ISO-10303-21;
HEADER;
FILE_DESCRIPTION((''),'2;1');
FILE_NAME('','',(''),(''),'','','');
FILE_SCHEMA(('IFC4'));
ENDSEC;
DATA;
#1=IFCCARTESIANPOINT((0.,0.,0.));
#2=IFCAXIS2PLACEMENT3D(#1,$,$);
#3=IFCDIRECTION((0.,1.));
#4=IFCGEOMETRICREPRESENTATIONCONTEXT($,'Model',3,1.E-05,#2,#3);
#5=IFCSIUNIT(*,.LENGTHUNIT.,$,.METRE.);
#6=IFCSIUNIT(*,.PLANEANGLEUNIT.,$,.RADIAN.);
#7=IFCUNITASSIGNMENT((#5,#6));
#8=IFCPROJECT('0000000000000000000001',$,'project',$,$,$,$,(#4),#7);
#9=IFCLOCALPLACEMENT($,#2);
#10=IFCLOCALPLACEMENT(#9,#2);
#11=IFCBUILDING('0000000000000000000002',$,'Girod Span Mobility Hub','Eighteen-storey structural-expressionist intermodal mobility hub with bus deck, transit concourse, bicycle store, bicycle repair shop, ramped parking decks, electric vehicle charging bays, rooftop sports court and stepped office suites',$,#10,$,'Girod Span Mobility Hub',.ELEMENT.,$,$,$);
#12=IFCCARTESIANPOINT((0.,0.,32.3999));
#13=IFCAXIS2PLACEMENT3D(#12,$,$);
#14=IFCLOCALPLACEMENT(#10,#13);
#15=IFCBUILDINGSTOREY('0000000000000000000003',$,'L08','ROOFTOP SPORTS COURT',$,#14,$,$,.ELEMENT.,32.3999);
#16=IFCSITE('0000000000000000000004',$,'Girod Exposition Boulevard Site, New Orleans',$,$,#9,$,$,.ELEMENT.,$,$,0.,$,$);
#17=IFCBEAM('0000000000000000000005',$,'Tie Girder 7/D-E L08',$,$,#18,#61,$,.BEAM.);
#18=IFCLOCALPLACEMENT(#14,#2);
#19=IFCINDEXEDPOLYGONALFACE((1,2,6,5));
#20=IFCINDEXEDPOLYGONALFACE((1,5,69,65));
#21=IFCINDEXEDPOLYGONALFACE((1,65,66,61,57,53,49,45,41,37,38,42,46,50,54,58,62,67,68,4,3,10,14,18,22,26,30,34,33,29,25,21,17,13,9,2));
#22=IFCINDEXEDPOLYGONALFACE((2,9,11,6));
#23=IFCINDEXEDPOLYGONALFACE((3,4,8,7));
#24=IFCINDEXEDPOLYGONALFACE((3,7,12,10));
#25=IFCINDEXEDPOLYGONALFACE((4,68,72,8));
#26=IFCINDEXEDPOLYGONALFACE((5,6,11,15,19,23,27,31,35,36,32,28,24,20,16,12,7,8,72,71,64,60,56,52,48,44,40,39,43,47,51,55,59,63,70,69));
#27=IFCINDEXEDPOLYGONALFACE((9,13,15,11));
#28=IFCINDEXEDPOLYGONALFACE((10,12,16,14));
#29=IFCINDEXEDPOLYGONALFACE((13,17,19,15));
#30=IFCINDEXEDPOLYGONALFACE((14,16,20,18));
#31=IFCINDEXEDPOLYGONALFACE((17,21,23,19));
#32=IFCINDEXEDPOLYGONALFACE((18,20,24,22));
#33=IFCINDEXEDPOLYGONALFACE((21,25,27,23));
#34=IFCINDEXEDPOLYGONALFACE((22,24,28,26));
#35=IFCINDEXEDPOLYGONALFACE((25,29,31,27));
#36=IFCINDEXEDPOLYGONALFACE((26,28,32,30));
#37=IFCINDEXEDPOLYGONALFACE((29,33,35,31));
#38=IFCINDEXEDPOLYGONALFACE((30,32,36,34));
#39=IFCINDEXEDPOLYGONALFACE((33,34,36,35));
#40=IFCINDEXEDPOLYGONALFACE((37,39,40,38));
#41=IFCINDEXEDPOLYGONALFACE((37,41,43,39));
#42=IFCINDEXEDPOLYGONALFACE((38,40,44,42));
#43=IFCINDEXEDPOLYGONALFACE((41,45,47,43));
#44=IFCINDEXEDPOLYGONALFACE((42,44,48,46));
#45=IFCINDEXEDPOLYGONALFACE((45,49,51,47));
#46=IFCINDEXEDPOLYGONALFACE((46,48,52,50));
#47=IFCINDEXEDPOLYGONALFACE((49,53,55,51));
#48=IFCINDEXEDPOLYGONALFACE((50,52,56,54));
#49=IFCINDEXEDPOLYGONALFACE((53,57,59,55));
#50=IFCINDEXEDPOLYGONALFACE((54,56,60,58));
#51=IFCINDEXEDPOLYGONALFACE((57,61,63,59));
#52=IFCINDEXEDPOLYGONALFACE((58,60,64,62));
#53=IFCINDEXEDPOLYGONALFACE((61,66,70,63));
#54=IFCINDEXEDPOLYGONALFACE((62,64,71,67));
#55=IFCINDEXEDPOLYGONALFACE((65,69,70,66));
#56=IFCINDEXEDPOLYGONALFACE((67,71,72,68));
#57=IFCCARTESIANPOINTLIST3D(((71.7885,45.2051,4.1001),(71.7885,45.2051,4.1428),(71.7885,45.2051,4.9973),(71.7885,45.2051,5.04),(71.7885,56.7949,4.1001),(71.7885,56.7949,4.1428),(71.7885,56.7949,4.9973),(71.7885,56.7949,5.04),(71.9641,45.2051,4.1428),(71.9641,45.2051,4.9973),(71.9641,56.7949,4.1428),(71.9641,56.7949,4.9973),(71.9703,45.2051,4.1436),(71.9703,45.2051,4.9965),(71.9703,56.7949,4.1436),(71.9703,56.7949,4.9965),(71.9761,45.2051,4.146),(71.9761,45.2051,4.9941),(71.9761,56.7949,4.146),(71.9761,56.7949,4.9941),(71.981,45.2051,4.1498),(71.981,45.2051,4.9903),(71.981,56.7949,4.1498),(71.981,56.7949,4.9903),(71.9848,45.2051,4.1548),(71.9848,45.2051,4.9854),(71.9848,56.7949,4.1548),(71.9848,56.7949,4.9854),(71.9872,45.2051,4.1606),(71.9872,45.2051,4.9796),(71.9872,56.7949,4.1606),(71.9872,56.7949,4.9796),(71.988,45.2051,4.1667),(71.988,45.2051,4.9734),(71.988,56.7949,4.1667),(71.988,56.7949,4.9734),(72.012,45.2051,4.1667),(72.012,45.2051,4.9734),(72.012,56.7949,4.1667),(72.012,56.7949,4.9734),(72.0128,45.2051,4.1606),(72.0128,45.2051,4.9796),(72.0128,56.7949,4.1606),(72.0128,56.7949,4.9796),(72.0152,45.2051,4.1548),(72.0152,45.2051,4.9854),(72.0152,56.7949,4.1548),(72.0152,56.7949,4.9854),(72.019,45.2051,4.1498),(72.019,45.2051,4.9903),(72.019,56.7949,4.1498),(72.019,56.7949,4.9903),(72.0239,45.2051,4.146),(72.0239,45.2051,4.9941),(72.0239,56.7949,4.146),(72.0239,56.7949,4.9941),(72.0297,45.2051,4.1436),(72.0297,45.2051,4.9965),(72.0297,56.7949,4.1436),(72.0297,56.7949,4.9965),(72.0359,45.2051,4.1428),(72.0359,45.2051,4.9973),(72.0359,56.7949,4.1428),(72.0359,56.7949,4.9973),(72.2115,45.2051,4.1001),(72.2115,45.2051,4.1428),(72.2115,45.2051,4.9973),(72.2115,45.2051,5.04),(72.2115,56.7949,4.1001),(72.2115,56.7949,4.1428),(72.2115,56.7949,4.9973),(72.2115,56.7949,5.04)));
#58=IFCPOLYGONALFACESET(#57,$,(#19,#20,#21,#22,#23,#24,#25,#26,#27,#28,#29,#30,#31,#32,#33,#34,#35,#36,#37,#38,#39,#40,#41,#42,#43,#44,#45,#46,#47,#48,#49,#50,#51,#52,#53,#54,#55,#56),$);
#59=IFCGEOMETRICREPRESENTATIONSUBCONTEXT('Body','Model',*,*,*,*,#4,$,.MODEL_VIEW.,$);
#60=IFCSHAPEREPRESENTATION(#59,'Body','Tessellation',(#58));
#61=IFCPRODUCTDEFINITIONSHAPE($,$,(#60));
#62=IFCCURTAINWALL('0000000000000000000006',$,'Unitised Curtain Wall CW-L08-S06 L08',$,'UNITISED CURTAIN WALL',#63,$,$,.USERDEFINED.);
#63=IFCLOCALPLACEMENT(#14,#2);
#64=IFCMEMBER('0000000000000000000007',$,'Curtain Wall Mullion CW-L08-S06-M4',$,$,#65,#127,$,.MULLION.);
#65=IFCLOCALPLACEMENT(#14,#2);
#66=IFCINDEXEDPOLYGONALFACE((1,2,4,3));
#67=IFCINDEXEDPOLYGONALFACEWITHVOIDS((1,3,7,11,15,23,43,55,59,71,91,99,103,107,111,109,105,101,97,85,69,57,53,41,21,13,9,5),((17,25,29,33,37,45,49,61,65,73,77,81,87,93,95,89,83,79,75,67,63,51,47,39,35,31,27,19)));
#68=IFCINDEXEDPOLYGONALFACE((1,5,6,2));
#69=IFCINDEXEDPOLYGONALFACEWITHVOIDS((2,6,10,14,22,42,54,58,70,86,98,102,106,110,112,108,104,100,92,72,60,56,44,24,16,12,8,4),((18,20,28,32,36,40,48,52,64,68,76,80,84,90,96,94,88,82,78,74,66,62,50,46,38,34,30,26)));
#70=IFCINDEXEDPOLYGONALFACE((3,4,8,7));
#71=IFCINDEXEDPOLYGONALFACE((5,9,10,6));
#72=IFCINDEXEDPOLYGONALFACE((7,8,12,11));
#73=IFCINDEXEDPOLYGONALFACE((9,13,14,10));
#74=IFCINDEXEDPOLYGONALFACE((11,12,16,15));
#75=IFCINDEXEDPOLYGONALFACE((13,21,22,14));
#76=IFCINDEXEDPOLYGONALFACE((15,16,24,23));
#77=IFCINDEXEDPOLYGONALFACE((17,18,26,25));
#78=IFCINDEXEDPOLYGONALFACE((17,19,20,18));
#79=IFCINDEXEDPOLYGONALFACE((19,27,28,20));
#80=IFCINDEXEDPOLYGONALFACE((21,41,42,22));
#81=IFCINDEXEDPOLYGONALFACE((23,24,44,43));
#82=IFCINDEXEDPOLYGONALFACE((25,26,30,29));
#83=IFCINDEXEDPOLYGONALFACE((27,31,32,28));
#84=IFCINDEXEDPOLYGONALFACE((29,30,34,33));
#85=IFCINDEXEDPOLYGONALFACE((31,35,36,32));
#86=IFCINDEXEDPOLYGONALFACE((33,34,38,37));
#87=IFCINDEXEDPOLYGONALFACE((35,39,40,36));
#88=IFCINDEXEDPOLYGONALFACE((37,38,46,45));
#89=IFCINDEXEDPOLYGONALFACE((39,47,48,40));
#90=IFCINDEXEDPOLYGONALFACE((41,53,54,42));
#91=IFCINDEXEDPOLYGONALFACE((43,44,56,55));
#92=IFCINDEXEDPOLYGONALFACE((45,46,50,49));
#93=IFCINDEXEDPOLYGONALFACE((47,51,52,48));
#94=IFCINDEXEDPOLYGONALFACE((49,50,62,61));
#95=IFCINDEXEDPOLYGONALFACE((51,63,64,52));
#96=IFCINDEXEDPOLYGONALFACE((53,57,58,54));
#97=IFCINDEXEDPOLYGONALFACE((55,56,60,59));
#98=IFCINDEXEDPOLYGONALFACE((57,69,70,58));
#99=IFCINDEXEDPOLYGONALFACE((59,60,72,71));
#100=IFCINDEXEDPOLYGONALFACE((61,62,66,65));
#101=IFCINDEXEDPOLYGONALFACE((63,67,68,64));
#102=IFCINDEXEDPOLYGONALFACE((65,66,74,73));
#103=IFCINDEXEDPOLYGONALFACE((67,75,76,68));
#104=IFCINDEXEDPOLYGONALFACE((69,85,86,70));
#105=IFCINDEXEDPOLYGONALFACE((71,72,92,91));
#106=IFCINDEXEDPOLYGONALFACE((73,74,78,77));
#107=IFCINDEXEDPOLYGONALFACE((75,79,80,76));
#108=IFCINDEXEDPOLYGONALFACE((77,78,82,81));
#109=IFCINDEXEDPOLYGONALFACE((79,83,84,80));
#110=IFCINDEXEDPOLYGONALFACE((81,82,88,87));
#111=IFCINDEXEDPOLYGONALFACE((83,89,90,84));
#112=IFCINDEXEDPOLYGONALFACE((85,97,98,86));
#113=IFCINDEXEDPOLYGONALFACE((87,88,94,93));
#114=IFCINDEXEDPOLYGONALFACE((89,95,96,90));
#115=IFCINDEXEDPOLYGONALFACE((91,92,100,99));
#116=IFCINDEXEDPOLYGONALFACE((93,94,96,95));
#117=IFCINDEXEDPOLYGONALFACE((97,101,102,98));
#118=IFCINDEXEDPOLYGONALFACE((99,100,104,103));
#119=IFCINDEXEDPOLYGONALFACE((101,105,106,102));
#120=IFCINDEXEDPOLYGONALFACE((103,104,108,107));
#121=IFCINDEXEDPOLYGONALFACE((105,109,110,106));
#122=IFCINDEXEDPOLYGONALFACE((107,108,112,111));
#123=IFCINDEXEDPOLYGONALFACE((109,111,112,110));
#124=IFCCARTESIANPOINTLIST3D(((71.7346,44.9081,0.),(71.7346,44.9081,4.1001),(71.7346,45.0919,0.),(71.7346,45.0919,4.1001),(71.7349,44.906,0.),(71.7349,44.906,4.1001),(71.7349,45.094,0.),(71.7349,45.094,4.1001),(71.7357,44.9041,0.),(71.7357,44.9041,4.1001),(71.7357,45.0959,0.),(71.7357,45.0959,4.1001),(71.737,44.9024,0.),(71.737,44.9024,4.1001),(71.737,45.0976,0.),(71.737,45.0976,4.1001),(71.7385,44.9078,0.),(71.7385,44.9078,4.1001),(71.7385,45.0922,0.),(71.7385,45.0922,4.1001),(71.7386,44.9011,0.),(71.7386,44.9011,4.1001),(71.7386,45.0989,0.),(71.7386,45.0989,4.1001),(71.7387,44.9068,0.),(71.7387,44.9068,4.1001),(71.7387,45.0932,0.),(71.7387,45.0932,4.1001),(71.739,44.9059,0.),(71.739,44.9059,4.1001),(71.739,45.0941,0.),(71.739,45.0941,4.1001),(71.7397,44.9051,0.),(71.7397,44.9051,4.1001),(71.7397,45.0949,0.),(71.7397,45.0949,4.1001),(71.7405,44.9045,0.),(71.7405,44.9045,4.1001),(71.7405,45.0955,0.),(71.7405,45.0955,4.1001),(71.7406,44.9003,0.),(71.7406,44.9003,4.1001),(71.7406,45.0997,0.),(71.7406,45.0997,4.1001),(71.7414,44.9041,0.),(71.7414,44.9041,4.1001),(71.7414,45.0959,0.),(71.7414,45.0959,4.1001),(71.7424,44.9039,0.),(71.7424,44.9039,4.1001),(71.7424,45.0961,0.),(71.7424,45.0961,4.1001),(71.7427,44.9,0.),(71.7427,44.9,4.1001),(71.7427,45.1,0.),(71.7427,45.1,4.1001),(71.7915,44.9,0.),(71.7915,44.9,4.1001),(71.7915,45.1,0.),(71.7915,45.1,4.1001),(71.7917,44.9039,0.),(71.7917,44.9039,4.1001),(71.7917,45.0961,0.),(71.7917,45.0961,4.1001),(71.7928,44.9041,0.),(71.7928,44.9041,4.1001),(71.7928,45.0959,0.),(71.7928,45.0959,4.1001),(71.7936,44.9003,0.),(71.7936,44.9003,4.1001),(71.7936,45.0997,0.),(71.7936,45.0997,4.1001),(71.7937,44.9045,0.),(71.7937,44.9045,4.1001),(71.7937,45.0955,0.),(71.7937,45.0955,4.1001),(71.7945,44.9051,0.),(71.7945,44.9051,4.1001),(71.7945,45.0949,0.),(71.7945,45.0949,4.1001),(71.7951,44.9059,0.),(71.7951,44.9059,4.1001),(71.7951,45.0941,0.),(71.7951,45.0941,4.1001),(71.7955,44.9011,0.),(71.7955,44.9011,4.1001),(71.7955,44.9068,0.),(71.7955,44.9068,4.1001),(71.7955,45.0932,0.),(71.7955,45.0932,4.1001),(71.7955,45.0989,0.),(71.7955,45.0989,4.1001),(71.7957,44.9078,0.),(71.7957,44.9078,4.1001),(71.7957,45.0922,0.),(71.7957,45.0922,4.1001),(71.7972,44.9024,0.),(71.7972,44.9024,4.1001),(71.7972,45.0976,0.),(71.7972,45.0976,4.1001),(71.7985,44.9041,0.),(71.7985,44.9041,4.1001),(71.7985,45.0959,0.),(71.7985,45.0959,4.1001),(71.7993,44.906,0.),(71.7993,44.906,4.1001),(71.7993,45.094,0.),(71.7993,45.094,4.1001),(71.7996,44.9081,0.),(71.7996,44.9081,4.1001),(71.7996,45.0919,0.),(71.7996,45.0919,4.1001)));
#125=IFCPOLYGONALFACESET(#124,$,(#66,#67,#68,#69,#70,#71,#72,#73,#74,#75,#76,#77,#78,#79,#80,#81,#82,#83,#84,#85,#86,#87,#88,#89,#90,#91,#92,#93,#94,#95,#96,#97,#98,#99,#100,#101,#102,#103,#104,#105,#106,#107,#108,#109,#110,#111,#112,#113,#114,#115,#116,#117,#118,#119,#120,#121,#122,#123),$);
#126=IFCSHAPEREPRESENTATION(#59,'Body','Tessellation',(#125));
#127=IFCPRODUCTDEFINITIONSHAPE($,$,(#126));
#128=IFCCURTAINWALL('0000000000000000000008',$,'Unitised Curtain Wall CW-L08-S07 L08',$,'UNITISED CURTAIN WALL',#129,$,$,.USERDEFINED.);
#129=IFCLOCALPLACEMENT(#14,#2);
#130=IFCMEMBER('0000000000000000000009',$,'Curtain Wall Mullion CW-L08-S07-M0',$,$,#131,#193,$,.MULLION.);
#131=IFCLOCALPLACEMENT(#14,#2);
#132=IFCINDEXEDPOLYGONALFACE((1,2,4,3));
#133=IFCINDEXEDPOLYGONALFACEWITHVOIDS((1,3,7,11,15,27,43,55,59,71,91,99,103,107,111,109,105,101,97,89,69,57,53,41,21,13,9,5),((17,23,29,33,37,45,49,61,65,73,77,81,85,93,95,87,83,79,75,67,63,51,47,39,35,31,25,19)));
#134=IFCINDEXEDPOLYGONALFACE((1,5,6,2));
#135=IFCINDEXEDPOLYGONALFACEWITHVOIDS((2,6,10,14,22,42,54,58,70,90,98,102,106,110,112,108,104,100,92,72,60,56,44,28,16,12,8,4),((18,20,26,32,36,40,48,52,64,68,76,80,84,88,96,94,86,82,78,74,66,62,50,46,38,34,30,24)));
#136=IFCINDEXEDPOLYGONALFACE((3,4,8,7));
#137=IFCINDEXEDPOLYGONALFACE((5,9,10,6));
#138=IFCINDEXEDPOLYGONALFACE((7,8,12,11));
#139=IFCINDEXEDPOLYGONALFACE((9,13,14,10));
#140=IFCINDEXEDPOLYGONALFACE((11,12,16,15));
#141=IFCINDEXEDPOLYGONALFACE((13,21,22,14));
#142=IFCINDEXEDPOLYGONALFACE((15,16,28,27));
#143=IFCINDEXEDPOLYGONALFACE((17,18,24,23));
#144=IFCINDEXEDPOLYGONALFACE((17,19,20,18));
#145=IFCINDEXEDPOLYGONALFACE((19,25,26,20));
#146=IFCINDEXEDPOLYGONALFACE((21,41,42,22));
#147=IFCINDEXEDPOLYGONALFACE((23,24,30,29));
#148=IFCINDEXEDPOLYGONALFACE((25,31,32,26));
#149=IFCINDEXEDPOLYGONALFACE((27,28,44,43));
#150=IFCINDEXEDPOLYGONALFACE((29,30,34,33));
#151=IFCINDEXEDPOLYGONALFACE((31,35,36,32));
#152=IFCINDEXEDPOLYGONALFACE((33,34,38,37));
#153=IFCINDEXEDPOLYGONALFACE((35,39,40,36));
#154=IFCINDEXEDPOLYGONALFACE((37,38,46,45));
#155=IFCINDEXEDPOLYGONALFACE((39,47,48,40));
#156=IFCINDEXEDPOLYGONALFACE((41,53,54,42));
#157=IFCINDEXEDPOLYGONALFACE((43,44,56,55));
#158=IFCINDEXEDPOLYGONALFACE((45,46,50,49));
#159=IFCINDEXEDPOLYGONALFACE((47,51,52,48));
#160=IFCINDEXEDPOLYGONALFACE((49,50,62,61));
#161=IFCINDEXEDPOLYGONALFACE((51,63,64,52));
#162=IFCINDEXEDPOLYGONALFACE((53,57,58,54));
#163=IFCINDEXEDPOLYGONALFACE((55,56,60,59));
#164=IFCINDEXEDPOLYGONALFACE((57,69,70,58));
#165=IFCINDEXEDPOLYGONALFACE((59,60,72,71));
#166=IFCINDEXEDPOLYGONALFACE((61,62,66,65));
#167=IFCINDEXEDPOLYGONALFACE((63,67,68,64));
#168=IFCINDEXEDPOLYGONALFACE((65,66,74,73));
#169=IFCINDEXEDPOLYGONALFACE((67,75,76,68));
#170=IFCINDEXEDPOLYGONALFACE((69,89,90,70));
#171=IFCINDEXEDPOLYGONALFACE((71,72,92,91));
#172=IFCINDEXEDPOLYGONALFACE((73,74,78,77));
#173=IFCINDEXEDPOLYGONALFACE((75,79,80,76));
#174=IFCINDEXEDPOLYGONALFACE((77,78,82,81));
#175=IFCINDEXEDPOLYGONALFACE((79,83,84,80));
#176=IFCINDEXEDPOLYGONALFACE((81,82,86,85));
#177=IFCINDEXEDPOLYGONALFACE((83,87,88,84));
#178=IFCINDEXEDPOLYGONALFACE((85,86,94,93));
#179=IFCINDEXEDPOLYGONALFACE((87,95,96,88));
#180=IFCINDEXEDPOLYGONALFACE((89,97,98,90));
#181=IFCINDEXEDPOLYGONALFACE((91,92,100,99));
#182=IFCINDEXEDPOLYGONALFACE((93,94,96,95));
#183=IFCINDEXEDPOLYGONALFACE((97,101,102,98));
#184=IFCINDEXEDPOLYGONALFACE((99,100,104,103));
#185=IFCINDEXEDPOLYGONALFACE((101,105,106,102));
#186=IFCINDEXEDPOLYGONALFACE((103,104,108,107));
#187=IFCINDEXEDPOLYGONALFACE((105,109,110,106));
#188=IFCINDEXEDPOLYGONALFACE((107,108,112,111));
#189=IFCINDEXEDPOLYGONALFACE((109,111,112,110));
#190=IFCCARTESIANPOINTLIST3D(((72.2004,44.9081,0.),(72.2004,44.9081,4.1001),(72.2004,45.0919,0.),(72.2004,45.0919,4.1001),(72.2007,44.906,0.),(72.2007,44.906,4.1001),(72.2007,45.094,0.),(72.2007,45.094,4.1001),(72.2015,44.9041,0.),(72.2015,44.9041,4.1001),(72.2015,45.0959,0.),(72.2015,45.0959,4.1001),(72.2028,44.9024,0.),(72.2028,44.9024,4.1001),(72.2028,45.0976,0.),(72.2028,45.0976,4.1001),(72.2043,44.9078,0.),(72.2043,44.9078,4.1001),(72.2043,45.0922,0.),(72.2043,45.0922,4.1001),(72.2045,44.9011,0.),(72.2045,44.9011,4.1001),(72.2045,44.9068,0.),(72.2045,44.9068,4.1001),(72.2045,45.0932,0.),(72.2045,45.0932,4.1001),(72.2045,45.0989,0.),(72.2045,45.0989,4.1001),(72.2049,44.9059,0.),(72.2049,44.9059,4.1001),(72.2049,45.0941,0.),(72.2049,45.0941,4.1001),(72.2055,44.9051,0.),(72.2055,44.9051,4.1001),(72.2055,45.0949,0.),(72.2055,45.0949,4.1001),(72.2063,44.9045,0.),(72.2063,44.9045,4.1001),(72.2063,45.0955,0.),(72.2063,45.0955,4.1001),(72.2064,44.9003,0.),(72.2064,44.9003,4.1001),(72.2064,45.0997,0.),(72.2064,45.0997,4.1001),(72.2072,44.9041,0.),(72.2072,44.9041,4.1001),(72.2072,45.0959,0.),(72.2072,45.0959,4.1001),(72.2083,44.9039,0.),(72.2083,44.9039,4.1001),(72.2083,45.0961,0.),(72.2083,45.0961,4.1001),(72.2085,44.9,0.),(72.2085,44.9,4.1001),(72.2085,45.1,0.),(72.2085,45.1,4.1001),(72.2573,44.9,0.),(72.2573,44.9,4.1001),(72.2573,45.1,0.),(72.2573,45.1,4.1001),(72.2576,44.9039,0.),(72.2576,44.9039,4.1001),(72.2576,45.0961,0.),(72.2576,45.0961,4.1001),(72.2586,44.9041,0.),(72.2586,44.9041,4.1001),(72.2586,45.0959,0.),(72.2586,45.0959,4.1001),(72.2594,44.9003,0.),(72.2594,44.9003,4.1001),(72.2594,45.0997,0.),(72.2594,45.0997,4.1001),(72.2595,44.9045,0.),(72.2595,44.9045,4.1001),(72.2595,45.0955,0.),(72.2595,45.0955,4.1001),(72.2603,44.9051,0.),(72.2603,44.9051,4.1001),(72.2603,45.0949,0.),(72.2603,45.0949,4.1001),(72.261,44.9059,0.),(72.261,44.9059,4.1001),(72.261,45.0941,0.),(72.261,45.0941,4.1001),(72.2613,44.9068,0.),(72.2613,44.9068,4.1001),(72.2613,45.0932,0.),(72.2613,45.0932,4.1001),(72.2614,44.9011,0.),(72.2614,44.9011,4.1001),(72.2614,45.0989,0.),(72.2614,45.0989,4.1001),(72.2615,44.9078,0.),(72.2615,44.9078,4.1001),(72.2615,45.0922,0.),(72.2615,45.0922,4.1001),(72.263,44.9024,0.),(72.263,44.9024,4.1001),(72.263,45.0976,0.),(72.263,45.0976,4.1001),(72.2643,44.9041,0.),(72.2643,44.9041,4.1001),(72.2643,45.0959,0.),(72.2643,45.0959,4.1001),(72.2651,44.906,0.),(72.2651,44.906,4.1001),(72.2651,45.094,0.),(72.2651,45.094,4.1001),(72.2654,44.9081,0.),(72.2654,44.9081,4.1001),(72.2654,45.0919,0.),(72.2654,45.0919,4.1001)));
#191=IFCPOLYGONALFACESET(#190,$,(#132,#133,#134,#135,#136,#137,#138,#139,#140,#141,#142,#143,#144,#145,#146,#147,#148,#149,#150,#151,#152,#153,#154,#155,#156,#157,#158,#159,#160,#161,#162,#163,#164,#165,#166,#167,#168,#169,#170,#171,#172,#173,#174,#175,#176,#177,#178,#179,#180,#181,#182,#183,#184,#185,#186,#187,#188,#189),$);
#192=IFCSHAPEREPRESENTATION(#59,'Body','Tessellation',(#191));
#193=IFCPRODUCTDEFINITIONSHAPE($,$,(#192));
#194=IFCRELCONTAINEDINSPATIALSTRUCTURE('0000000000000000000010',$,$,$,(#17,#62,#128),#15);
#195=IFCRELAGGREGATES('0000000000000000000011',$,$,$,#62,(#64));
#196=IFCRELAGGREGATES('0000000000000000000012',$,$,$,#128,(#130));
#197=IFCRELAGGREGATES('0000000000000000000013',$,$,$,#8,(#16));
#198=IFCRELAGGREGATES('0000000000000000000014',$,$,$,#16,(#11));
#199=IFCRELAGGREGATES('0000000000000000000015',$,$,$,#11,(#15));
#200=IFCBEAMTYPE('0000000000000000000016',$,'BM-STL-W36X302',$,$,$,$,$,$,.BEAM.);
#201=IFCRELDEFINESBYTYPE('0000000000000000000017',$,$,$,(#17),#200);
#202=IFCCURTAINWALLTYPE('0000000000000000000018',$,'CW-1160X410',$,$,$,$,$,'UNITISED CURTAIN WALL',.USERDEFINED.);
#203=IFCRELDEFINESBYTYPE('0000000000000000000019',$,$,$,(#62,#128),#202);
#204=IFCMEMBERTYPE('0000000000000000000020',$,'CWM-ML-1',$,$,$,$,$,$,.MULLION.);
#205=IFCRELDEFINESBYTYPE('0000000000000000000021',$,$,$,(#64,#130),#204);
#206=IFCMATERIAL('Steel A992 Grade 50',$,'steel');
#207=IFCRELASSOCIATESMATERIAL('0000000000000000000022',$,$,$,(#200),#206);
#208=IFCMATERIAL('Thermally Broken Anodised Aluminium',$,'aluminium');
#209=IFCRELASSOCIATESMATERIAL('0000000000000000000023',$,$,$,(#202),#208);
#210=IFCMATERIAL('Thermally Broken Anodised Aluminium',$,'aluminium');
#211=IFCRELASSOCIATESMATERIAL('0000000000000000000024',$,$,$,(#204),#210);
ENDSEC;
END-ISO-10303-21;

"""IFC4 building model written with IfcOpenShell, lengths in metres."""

from ifc_helpers import new_model, si_unit, direction, frame, origin, origin_2d, place, context, subcontext, project, spatial, hollow_rectangle, i_section, extrude, material, material_profile, profile_set, type_object, element, aggregate, save


model = new_model("IFC4")

# Units and contexts
model_context = context("Model", 3, precision=1e-05, world=origin(), true_north=direction((0.0, 1.0)))
body_context = subcontext(model_context, "Body", "Model", "MODEL_VIEW")
ifc_project = project(units=[si_unit("LENGTHUNIT", "METRE"), si_unit("PLANEANGLEUNIT", "RADIAN")], contexts=[model_context])

# Site, building, storey
site_placement = place(None, origin())
site = spatial("IfcSite", under=ifc_project, at=site_placement, Name="Girod Exposition Boulevard Site, New Orleans", CompositionType="ELEMENT", RefElevation=0.0)
building_placement = place(site_placement, origin())
building = spatial("IfcBuilding", under=site, at=building_placement, Name="Girod Span Mobility Hub", Description="Eighteen-storey structural-expressionist intermodal mobility hub with bus deck, transit concourse, bicycle store, bicycle repair shop, ramped parking decks, electric vehicle charging bays, rooftop sports court and stepped office suites", LongName="Girod Span Mobility Hub", CompositionType="ELEMENT")
storey_placement = place(building_placement, frame((0.0, 0.0, 32.3999)))
storey = spatial("IfcBuildingStorey", under=building, at=storey_placement, Name="L08", Description="ROOFTOP SPORTS COURT", CompositionType="ELEMENT", Elevation=32.3999)

# Beam
ifc_material_1 = material(Name="Steel A992 Grade 50", Category="steel")
ifc_material_profile_1 = material_profile(ifc_material_1, i_section(OverallWidth=0.4231, OverallDepth=0.9399, WebThickness=0.0239, FlangeThickness=0.0427, FilletRadius=0.0239, at=origin_2d()), Name="W36X302")
ifc_profile_set_1 = profile_set([ifc_material_profile_1], Name="Steel A992 Grade 50")
beam_type_1 = type_object("IfcBeamType", Name="BM-STL-W36X302", PredefinedType="BEAM", material=ifc_profile_set_1)
beam_1_placement = place(storey_placement, frame((72.0, 45.2051, 4.5701), z_axis=(0.0, 1.0, 0.0), x_axis=(-1.0, 0.0, 0.0)))
element("IfcBeam", 1, at=beam_1_placement, inside=storey, type_object=beam_type_1, Name="Tie Girder 7/D-E L08", PredefinedType="BEAM", context=body_context, shape_type="SweptSolid", body=[
    extrude(i_section(OverallWidth=0.4231, OverallDepth=0.9399, WebThickness=0.0239, FlangeThickness=0.0427, FilletRadius=0.0239, at=origin_2d()), origin(), (0.0, 0.0, 1.0), 11.5898),
])

# Curtain wall, member
ifc_material_2 = material(Name="Thermally Broken Anodised Aluminium", Category="aluminium")
curtain_wall_type = type_object("IfcCurtainWallType", Name="CW-1160X410", ElementType="UNITISED CURTAIN WALL", PredefinedType="USERDEFINED", material=ifc_material_2)
curtain_wall_1_placement = place(storey_placement, origin())
curtain_wall_1 = element("IfcCurtainWall", 2, at=curtain_wall_1_placement, inside=storey, type_object=curtain_wall_type, Name="Unitised Curtain Wall CW-L08-S06 L08", ObjectType="UNITISED CURTAIN WALL", PredefinedType="USERDEFINED")
ifc_material_3 = material(Name="Thermally Broken Anodised Aluminium", Category="aluminium")
ifc_material_profile_2 = material_profile(ifc_material_3, hollow_rectangle(XDim=0.2, YDim=0.0649, WallThickness=0.0039, InnerFilletRadius=0.0039, OuterFilletRadius=0.0081, at=origin_2d()), Name="CW-ML-65X200")
ifc_profile_set_2 = profile_set([ifc_material_profile_2], Name="Thermally Broken Anodised Aluminium")
member_type_1 = type_object("IfcMemberType", Name="CWM-ML-1", PredefinedType="MULLION", material=ifc_profile_set_2)
member_1_placement = place(storey_placement, frame((71.7671, 45.0, 0.0), z_axis=(0.0, 0.0, 1.0), x_axis=(0.0, 1.0, 0.0)))
member_1 = element("IfcMember", 3, at=member_1_placement, type_object=member_type_1, Name="Curtain Wall Mullion CW-L08-S06-M4", PredefinedType="MULLION", context=body_context, shape_type="SweptSolid", body=[
    extrude(hollow_rectangle(XDim=0.2, YDim=0.0649, WallThickness=0.0039, InnerFilletRadius=0.0039, OuterFilletRadius=0.0081, at=origin_2d()), origin(), (0.0, 0.0, 1.0), 4.1001),
])

# Curtain wall, member
curtain_wall_2_placement = place(storey_placement, origin())
curtain_wall_2 = element("IfcCurtainWall", 4, at=curtain_wall_2_placement, inside=storey, type_object=curtain_wall_type, Name="Unitised Curtain Wall CW-L08-S07 L08", ObjectType="UNITISED CURTAIN WALL", PredefinedType="USERDEFINED")
member_2_placement = place(storey_placement, frame((72.2329, 45.0, 0.0), z_axis=(0.0, 0.0, 1.0), x_axis=(0.0, 1.0, 0.0)))
member_2 = element("IfcMember", 5, at=member_2_placement, type_object=member_type_1, Name="Curtain Wall Mullion CW-L08-S07-M0", PredefinedType="MULLION", context=body_context, shape_type="SweptSolid", body=[
    extrude(hollow_rectangle(XDim=0.2, YDim=0.0649, WallThickness=0.0039, InnerFilletRadius=0.0039, OuterFilletRadius=0.0081, at=origin_2d()), origin(), (0.0, 0.0, 1.0), 4.1001),
])

aggregate(curtain_wall_1, [member_1])
aggregate(curtain_wall_2, [member_2])

save(model, "model.ifc")
